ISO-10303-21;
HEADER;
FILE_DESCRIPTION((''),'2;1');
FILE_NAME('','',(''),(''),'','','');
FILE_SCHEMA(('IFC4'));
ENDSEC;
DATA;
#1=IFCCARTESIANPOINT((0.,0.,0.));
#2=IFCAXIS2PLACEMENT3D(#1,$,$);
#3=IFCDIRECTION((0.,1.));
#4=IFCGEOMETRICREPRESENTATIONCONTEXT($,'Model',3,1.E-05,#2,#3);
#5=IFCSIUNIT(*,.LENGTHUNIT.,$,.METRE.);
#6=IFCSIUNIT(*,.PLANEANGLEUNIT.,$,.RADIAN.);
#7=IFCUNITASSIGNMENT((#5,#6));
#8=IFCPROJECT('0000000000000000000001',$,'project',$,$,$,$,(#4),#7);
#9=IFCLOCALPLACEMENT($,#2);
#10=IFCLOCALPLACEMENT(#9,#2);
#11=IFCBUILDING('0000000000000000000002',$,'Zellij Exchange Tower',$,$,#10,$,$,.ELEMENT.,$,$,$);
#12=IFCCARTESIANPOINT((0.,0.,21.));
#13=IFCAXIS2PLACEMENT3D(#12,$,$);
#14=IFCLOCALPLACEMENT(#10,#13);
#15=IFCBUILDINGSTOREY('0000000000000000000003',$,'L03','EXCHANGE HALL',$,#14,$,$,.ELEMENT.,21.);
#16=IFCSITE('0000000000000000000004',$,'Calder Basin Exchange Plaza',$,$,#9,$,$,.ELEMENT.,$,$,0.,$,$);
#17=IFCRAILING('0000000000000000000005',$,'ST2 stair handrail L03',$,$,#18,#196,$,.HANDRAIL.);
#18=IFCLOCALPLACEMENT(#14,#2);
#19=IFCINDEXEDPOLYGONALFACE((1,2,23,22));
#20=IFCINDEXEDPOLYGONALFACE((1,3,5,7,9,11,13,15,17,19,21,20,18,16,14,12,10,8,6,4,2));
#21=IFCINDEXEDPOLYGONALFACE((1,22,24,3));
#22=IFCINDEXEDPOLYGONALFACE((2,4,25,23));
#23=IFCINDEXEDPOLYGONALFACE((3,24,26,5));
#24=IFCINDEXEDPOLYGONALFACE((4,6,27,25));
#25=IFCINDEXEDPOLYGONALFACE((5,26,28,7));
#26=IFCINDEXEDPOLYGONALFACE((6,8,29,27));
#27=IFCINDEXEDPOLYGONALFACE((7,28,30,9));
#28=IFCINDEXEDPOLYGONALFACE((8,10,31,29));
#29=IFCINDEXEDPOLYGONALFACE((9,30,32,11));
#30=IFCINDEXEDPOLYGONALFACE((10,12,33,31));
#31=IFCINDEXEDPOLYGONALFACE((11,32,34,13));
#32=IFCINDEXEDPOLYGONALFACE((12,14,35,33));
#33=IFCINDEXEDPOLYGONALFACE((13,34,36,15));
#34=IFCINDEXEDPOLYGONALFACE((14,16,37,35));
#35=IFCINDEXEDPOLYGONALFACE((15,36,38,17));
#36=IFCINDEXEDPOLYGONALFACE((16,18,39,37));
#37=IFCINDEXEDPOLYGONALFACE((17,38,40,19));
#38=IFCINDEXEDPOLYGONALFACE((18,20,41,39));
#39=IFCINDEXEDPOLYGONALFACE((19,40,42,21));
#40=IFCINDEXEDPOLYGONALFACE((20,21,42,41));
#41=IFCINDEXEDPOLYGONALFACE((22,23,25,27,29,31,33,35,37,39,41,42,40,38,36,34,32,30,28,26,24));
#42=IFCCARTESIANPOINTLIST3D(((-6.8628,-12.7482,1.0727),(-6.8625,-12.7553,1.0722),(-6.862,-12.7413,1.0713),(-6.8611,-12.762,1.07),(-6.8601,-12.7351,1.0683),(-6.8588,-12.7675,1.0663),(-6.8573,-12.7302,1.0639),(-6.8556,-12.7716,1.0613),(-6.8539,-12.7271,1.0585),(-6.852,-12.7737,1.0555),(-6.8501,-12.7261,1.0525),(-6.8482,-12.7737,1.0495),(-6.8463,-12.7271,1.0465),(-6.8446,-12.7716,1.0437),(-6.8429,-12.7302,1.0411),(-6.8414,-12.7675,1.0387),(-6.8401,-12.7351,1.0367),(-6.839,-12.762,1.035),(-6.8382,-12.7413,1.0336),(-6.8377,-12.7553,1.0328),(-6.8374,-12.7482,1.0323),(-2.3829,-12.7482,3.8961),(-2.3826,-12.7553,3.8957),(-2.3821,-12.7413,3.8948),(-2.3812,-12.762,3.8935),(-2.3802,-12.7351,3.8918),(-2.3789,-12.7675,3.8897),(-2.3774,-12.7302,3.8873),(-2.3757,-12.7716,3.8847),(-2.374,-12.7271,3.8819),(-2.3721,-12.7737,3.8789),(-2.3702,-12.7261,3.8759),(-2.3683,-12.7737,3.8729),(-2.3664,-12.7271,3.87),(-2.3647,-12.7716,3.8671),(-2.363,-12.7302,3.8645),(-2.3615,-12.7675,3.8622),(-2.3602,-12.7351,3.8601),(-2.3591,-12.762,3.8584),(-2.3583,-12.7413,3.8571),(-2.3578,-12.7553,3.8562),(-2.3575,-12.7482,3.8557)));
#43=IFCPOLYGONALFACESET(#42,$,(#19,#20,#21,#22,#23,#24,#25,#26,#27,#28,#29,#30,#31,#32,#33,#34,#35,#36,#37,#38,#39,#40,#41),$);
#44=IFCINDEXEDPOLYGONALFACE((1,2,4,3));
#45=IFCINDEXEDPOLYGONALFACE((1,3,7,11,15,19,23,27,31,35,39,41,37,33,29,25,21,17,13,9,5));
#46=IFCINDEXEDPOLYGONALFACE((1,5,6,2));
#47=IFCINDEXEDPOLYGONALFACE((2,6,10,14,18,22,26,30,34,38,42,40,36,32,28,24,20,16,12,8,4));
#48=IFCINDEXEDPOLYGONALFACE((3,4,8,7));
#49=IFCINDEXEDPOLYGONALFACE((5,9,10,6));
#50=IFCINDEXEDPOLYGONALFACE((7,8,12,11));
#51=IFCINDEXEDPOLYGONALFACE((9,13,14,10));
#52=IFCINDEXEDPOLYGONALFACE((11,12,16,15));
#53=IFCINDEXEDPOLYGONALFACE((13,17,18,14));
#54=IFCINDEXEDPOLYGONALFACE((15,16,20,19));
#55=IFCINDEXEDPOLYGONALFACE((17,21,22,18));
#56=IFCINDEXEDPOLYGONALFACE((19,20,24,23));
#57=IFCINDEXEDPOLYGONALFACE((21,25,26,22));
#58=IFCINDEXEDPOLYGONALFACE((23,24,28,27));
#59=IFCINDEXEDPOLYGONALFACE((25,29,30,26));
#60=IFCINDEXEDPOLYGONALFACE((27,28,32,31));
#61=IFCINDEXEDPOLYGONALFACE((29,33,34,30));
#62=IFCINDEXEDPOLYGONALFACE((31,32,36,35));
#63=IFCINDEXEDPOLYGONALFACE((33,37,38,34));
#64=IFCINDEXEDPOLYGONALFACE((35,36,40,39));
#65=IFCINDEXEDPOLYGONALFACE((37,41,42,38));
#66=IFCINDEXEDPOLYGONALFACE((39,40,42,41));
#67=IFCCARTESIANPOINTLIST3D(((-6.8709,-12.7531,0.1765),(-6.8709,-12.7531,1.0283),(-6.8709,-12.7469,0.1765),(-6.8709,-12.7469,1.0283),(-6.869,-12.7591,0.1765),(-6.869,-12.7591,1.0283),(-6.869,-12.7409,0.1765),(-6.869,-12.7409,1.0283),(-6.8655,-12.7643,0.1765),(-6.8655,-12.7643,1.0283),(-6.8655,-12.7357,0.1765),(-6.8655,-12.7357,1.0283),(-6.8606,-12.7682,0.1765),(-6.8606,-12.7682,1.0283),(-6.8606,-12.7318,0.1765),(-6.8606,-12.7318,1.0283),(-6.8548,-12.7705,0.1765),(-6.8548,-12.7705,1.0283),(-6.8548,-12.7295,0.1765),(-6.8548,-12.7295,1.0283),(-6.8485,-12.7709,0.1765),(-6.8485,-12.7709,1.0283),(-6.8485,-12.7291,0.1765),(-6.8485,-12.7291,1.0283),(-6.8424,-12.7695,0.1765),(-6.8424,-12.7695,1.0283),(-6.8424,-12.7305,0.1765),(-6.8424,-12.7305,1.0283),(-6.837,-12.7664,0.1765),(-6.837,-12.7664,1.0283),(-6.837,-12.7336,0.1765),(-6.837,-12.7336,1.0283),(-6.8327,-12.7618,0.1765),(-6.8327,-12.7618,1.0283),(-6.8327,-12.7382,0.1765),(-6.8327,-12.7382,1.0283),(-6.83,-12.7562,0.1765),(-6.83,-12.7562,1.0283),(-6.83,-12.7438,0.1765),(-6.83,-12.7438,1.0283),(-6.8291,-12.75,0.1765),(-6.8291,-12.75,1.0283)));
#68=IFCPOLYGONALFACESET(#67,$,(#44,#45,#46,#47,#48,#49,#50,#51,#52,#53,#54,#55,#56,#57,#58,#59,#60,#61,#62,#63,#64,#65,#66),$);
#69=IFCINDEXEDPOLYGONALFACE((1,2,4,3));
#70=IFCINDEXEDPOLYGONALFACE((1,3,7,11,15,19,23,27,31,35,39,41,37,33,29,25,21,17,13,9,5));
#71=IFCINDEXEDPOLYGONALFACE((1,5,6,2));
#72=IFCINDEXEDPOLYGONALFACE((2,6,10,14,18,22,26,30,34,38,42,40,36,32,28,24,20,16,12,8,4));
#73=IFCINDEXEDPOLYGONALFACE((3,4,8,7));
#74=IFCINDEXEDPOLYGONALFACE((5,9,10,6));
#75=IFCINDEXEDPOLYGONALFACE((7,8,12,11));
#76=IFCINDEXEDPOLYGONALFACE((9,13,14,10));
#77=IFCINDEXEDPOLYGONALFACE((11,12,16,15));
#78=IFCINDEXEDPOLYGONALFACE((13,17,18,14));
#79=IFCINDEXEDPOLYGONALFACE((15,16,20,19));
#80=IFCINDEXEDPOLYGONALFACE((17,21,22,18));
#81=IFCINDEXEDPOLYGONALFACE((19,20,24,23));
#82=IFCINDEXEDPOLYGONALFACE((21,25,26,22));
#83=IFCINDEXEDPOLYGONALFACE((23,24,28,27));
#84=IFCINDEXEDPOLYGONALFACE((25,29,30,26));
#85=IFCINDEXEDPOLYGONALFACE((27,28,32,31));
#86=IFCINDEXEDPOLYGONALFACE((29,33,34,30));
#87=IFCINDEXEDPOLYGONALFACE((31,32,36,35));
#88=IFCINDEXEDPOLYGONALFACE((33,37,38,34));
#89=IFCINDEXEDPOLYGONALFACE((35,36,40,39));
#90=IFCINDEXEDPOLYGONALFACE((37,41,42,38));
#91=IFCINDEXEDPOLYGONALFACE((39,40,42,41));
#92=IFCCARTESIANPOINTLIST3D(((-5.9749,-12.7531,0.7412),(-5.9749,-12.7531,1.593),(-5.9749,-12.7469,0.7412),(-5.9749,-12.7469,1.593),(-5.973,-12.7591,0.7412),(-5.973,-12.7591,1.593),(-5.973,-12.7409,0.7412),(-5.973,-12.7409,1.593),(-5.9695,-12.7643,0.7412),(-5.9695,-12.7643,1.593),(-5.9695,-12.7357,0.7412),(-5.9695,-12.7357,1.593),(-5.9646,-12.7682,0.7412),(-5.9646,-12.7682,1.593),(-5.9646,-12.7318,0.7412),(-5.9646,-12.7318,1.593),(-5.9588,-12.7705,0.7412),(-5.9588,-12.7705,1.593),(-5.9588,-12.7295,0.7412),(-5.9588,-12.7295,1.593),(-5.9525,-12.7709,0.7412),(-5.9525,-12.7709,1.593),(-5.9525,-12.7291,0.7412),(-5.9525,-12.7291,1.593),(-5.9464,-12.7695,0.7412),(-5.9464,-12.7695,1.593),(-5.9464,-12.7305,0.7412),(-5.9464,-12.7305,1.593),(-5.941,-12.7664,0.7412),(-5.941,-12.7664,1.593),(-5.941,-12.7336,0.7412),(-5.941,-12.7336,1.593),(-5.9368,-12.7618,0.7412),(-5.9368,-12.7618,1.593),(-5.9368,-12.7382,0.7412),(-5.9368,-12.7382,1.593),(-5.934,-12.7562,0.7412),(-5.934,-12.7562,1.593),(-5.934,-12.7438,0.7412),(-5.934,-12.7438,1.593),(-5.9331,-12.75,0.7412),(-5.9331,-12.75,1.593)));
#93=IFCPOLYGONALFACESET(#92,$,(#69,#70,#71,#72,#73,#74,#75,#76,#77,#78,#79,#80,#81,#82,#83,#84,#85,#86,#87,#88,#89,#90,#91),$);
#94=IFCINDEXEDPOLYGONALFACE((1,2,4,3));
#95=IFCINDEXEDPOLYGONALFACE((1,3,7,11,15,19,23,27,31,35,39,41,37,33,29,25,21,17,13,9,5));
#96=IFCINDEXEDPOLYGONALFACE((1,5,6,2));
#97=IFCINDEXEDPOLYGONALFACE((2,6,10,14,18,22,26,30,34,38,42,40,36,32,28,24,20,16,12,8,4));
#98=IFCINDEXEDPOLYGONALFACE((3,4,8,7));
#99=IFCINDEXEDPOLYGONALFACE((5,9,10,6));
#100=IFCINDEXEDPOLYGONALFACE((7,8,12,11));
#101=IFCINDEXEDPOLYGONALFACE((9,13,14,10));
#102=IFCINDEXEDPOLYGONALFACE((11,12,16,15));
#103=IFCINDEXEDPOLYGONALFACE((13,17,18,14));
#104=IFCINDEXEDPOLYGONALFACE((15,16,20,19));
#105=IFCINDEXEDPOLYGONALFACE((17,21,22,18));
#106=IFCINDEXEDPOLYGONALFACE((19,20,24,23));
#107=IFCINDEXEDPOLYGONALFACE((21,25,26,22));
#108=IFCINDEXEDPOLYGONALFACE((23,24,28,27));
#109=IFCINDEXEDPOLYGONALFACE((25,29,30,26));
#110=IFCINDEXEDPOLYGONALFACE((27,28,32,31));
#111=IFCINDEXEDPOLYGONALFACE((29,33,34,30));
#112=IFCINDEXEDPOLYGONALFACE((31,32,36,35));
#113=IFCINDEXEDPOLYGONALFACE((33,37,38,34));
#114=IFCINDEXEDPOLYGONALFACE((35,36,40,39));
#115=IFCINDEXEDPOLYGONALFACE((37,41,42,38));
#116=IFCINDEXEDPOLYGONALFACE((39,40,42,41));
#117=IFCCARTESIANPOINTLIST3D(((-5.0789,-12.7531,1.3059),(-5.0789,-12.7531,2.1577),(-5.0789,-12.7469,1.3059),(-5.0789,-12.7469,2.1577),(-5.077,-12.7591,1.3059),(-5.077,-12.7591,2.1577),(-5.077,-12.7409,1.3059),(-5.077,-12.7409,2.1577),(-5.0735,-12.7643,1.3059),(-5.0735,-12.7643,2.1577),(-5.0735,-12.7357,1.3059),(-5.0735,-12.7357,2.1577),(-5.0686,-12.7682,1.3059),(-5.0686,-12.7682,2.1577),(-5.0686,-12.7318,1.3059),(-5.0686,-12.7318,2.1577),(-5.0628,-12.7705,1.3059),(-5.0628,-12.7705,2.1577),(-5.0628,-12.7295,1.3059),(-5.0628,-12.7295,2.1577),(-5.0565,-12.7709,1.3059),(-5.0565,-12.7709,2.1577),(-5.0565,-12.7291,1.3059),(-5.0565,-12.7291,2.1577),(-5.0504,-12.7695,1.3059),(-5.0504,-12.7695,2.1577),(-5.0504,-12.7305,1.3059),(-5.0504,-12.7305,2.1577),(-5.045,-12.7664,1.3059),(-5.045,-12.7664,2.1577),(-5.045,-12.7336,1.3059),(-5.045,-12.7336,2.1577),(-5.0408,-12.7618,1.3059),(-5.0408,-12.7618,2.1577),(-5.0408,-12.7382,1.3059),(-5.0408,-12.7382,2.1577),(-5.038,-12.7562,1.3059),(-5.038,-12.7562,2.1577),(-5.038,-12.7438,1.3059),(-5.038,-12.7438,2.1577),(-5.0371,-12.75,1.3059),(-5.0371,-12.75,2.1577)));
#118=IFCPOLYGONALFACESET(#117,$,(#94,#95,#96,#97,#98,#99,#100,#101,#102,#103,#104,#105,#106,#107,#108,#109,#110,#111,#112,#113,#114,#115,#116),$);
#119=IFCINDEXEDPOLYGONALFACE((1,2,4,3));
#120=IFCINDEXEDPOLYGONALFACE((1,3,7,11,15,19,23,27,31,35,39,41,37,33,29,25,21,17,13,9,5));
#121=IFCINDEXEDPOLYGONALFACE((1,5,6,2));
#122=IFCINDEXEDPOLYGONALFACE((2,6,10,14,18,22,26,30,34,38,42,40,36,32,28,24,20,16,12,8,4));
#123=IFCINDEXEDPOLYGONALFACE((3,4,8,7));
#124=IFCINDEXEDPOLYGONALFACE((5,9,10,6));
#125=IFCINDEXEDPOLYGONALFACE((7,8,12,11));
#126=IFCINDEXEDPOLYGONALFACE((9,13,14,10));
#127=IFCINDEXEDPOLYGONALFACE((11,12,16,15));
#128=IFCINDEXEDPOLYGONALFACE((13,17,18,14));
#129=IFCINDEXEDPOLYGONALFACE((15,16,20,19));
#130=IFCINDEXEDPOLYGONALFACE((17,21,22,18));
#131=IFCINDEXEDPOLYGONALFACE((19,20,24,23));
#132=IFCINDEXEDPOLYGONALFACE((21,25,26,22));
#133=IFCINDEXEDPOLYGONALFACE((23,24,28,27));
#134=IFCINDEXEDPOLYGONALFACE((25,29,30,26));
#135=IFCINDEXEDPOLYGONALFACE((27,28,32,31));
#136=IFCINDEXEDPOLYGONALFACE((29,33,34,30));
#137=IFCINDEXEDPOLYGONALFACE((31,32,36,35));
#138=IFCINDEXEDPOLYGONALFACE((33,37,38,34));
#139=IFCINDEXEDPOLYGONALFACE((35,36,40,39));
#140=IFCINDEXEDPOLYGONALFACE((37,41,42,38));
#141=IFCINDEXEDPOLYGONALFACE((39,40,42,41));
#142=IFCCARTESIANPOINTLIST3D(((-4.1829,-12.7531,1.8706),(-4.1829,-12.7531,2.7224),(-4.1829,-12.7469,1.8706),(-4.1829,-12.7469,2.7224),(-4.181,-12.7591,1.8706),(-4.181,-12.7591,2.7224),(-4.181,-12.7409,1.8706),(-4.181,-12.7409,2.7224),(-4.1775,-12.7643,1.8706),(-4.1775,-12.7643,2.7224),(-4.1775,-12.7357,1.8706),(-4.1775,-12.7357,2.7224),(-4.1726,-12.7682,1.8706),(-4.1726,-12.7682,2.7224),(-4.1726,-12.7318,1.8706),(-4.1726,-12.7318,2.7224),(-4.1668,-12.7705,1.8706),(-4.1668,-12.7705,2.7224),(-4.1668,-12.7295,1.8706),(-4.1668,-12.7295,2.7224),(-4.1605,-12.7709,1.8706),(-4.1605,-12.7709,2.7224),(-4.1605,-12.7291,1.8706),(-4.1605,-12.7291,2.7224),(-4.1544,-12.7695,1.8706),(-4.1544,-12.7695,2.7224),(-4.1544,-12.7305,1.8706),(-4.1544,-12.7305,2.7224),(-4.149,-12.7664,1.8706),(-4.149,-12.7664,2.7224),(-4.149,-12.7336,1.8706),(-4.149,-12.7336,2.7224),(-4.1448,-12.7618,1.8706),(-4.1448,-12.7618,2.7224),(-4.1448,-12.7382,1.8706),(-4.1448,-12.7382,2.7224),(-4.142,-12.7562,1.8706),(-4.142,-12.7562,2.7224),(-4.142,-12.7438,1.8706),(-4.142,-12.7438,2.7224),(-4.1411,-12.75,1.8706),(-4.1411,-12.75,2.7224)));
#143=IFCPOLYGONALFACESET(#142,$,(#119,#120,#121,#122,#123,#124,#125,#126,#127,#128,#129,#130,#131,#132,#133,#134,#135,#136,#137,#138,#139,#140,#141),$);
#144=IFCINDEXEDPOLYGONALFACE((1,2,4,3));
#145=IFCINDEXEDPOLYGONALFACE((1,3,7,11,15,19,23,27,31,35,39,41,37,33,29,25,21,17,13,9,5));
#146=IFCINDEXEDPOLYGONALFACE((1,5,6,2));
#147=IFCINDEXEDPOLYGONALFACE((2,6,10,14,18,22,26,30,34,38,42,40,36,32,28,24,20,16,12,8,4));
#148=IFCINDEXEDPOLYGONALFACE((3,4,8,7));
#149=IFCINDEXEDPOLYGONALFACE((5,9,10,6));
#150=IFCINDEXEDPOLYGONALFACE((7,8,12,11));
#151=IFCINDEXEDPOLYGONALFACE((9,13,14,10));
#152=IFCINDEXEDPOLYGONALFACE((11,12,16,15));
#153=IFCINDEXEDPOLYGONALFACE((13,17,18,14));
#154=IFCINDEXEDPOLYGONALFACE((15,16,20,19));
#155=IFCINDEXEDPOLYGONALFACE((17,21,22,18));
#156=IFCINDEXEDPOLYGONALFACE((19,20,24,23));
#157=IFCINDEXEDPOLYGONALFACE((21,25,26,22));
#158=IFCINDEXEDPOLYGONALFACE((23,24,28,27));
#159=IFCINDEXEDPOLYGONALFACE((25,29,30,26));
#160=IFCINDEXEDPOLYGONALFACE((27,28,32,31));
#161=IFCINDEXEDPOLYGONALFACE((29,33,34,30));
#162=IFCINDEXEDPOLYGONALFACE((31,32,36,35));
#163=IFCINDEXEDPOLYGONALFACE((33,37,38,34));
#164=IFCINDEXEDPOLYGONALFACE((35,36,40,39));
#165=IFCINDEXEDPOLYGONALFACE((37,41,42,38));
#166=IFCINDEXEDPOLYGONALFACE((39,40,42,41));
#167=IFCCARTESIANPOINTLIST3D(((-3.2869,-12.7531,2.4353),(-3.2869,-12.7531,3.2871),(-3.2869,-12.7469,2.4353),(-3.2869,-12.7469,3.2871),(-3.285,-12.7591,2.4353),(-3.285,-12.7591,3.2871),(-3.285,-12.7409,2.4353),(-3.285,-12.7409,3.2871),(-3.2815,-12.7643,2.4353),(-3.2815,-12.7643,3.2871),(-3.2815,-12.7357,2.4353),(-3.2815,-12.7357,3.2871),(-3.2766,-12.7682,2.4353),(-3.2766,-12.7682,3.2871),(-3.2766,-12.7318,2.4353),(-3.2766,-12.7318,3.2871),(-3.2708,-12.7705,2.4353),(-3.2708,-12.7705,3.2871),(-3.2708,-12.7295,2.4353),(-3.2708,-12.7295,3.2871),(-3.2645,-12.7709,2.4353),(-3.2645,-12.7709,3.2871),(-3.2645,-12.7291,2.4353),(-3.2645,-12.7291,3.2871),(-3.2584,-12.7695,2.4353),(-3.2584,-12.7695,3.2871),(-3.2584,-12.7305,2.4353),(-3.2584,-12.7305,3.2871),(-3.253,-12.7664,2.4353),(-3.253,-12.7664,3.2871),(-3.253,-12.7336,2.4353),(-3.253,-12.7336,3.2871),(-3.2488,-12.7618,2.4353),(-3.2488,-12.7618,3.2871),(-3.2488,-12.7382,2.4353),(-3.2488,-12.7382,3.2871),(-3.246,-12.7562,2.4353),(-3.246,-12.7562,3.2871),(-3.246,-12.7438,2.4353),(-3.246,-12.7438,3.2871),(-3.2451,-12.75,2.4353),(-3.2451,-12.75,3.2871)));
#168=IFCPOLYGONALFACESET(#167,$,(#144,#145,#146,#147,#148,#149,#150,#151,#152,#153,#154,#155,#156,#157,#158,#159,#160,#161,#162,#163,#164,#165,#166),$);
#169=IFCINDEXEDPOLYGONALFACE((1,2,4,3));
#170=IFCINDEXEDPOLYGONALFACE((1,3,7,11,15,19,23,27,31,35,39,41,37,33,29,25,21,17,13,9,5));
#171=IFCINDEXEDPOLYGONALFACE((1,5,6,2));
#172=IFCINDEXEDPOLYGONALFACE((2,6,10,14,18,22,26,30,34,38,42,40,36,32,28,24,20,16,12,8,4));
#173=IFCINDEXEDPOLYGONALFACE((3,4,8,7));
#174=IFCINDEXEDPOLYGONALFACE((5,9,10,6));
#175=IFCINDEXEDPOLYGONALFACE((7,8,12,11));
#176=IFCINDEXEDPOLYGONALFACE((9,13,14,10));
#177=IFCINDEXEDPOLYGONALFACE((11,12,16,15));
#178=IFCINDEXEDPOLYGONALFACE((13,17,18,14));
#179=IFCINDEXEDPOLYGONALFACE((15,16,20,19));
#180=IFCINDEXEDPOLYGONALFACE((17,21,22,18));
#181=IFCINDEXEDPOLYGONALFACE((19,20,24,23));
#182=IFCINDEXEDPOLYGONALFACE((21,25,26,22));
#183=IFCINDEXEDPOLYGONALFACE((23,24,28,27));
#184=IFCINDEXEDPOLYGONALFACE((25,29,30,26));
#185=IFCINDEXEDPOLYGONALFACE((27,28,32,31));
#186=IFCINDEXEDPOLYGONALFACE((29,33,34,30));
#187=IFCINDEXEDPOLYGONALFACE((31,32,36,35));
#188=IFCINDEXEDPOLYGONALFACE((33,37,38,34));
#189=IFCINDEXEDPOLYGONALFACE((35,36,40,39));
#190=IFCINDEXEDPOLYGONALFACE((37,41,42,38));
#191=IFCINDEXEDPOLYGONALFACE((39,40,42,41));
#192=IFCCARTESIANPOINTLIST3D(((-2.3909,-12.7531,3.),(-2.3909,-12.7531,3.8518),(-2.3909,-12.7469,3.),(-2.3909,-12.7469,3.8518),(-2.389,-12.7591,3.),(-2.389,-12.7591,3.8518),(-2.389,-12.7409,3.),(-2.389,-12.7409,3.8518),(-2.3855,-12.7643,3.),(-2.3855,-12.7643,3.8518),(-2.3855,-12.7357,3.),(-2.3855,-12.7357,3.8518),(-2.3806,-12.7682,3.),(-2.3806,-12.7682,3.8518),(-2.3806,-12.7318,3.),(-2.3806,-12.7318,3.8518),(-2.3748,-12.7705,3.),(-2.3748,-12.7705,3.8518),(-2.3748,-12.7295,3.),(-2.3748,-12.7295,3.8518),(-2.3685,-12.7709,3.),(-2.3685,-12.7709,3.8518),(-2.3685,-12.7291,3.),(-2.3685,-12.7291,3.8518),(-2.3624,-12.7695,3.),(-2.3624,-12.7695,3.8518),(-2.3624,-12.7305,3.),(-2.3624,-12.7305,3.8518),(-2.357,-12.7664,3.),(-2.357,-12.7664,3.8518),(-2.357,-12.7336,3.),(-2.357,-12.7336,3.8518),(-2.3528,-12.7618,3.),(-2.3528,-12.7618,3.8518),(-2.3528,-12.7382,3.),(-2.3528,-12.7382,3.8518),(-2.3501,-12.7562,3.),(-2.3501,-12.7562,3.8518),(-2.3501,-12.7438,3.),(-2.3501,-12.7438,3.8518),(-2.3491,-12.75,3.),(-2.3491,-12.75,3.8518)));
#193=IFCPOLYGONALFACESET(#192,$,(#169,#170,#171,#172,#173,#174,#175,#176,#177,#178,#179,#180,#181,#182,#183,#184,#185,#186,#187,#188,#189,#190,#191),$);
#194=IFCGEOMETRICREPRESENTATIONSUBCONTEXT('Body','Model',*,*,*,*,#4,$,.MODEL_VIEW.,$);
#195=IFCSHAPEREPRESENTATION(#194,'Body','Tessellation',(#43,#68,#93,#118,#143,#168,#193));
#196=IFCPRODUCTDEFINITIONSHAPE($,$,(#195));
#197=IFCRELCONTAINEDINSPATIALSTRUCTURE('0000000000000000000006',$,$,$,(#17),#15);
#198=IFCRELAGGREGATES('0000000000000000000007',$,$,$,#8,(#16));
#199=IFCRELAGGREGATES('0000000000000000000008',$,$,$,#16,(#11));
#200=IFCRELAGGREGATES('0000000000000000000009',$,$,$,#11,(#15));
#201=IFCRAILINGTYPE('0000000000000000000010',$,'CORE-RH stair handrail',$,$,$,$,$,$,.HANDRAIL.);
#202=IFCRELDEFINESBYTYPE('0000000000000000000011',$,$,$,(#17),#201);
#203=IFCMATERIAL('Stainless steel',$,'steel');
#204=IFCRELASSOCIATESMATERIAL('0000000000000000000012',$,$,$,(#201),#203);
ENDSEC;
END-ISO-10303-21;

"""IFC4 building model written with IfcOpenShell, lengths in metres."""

from ifc_helpers import new_model, si_unit, direction, frame, origin, origin_2d, place, context, subcontext, project, spatial, circle, extrude, material, type_object, element, save


model = new_model("IFC4")

# Units and contexts
model_context = context("Model", 3, precision=1e-05, world=origin(), true_north=direction((0.0, 1.0)))
body_context = subcontext(model_context, "Body", "Model", "MODEL_VIEW")
ifc_project = project(units=[si_unit("LENGTHUNIT", "METRE"), si_unit("PLANEANGLEUNIT", "RADIAN")], contexts=[model_context])

# Site, building, storey
site_placement = place(None, origin())
site = spatial("IfcSite", under=ifc_project, at=site_placement, Name="Calder Basin Exchange Plaza", CompositionType="ELEMENT", RefElevation=0.0)
building_placement = place(site_placement, origin())
building = spatial("IfcBuilding", under=site, at=building_placement, Name="Zellij Exchange Tower", CompositionType="ELEMENT")
storey_placement = place(building_placement, frame((0.0, 0.0, 21.0)))
storey = spatial("IfcBuildingStorey", under=building, at=storey_placement, Name="L03", Description="EXCHANGE HALL", CompositionType="ELEMENT", Elevation=21.0)

# Railing
ifc_material_1 = material(Name="Stainless steel", Category="steel")
railing_type_1 = type_object("IfcRailingType", Name="CORE-RH stair handrail", PredefinedType="HANDRAIL", material=ifc_material_1)
railing_1_placement = place(storey_placement, frame((-6.8501, -12.75, 0.1765)))
element("IfcRailing", 1, at=railing_1_placement, inside=storey, type_object=railing_type_1, Name="ST2 stair handrail L03", PredefinedType="HANDRAIL", context=body_context, shape_type="SweptSolid", body=[
    extrude(circle(Radius=0.0239, at=origin_2d()), frame((0.0, 0.0, 0.876), z_axis=(0.845998, 0.0, 0.533186), x_axis=(0.0, 1.0, 0.0)), (0.0, 0.0, 1.0), 5.2954),
    extrude(circle(Radius=0.021, at=origin_2d()), origin(), (0.0, 0.0, 1.0), 0.8518),
    extrude(circle(Radius=0.021, at=origin_2d()), frame((0.896, 0.0, 0.5647)), (0.0, 0.0, 1.0), 0.8518),
    extrude(circle(Radius=0.021, at=origin_2d()), frame((1.792, 0.0, 1.1294)), (0.0, 0.0, 1.0), 0.8518),
    extrude(circle(Radius=0.021, at=origin_2d()), frame((2.688, 0.0, 1.6941)), (0.0, 0.0, 1.0), 0.8518),
    extrude(circle(Radius=0.021, at=origin_2d()), frame((3.584, 0.0, 2.2588)), (0.0, 0.0, 1.0), 0.8518),
    extrude(circle(Radius=0.021, at=origin_2d()), frame((4.48, 0.0, 2.8235)), (0.0, 0.0, 1.0), 0.8518),
])

save(model, "model.ifc")
